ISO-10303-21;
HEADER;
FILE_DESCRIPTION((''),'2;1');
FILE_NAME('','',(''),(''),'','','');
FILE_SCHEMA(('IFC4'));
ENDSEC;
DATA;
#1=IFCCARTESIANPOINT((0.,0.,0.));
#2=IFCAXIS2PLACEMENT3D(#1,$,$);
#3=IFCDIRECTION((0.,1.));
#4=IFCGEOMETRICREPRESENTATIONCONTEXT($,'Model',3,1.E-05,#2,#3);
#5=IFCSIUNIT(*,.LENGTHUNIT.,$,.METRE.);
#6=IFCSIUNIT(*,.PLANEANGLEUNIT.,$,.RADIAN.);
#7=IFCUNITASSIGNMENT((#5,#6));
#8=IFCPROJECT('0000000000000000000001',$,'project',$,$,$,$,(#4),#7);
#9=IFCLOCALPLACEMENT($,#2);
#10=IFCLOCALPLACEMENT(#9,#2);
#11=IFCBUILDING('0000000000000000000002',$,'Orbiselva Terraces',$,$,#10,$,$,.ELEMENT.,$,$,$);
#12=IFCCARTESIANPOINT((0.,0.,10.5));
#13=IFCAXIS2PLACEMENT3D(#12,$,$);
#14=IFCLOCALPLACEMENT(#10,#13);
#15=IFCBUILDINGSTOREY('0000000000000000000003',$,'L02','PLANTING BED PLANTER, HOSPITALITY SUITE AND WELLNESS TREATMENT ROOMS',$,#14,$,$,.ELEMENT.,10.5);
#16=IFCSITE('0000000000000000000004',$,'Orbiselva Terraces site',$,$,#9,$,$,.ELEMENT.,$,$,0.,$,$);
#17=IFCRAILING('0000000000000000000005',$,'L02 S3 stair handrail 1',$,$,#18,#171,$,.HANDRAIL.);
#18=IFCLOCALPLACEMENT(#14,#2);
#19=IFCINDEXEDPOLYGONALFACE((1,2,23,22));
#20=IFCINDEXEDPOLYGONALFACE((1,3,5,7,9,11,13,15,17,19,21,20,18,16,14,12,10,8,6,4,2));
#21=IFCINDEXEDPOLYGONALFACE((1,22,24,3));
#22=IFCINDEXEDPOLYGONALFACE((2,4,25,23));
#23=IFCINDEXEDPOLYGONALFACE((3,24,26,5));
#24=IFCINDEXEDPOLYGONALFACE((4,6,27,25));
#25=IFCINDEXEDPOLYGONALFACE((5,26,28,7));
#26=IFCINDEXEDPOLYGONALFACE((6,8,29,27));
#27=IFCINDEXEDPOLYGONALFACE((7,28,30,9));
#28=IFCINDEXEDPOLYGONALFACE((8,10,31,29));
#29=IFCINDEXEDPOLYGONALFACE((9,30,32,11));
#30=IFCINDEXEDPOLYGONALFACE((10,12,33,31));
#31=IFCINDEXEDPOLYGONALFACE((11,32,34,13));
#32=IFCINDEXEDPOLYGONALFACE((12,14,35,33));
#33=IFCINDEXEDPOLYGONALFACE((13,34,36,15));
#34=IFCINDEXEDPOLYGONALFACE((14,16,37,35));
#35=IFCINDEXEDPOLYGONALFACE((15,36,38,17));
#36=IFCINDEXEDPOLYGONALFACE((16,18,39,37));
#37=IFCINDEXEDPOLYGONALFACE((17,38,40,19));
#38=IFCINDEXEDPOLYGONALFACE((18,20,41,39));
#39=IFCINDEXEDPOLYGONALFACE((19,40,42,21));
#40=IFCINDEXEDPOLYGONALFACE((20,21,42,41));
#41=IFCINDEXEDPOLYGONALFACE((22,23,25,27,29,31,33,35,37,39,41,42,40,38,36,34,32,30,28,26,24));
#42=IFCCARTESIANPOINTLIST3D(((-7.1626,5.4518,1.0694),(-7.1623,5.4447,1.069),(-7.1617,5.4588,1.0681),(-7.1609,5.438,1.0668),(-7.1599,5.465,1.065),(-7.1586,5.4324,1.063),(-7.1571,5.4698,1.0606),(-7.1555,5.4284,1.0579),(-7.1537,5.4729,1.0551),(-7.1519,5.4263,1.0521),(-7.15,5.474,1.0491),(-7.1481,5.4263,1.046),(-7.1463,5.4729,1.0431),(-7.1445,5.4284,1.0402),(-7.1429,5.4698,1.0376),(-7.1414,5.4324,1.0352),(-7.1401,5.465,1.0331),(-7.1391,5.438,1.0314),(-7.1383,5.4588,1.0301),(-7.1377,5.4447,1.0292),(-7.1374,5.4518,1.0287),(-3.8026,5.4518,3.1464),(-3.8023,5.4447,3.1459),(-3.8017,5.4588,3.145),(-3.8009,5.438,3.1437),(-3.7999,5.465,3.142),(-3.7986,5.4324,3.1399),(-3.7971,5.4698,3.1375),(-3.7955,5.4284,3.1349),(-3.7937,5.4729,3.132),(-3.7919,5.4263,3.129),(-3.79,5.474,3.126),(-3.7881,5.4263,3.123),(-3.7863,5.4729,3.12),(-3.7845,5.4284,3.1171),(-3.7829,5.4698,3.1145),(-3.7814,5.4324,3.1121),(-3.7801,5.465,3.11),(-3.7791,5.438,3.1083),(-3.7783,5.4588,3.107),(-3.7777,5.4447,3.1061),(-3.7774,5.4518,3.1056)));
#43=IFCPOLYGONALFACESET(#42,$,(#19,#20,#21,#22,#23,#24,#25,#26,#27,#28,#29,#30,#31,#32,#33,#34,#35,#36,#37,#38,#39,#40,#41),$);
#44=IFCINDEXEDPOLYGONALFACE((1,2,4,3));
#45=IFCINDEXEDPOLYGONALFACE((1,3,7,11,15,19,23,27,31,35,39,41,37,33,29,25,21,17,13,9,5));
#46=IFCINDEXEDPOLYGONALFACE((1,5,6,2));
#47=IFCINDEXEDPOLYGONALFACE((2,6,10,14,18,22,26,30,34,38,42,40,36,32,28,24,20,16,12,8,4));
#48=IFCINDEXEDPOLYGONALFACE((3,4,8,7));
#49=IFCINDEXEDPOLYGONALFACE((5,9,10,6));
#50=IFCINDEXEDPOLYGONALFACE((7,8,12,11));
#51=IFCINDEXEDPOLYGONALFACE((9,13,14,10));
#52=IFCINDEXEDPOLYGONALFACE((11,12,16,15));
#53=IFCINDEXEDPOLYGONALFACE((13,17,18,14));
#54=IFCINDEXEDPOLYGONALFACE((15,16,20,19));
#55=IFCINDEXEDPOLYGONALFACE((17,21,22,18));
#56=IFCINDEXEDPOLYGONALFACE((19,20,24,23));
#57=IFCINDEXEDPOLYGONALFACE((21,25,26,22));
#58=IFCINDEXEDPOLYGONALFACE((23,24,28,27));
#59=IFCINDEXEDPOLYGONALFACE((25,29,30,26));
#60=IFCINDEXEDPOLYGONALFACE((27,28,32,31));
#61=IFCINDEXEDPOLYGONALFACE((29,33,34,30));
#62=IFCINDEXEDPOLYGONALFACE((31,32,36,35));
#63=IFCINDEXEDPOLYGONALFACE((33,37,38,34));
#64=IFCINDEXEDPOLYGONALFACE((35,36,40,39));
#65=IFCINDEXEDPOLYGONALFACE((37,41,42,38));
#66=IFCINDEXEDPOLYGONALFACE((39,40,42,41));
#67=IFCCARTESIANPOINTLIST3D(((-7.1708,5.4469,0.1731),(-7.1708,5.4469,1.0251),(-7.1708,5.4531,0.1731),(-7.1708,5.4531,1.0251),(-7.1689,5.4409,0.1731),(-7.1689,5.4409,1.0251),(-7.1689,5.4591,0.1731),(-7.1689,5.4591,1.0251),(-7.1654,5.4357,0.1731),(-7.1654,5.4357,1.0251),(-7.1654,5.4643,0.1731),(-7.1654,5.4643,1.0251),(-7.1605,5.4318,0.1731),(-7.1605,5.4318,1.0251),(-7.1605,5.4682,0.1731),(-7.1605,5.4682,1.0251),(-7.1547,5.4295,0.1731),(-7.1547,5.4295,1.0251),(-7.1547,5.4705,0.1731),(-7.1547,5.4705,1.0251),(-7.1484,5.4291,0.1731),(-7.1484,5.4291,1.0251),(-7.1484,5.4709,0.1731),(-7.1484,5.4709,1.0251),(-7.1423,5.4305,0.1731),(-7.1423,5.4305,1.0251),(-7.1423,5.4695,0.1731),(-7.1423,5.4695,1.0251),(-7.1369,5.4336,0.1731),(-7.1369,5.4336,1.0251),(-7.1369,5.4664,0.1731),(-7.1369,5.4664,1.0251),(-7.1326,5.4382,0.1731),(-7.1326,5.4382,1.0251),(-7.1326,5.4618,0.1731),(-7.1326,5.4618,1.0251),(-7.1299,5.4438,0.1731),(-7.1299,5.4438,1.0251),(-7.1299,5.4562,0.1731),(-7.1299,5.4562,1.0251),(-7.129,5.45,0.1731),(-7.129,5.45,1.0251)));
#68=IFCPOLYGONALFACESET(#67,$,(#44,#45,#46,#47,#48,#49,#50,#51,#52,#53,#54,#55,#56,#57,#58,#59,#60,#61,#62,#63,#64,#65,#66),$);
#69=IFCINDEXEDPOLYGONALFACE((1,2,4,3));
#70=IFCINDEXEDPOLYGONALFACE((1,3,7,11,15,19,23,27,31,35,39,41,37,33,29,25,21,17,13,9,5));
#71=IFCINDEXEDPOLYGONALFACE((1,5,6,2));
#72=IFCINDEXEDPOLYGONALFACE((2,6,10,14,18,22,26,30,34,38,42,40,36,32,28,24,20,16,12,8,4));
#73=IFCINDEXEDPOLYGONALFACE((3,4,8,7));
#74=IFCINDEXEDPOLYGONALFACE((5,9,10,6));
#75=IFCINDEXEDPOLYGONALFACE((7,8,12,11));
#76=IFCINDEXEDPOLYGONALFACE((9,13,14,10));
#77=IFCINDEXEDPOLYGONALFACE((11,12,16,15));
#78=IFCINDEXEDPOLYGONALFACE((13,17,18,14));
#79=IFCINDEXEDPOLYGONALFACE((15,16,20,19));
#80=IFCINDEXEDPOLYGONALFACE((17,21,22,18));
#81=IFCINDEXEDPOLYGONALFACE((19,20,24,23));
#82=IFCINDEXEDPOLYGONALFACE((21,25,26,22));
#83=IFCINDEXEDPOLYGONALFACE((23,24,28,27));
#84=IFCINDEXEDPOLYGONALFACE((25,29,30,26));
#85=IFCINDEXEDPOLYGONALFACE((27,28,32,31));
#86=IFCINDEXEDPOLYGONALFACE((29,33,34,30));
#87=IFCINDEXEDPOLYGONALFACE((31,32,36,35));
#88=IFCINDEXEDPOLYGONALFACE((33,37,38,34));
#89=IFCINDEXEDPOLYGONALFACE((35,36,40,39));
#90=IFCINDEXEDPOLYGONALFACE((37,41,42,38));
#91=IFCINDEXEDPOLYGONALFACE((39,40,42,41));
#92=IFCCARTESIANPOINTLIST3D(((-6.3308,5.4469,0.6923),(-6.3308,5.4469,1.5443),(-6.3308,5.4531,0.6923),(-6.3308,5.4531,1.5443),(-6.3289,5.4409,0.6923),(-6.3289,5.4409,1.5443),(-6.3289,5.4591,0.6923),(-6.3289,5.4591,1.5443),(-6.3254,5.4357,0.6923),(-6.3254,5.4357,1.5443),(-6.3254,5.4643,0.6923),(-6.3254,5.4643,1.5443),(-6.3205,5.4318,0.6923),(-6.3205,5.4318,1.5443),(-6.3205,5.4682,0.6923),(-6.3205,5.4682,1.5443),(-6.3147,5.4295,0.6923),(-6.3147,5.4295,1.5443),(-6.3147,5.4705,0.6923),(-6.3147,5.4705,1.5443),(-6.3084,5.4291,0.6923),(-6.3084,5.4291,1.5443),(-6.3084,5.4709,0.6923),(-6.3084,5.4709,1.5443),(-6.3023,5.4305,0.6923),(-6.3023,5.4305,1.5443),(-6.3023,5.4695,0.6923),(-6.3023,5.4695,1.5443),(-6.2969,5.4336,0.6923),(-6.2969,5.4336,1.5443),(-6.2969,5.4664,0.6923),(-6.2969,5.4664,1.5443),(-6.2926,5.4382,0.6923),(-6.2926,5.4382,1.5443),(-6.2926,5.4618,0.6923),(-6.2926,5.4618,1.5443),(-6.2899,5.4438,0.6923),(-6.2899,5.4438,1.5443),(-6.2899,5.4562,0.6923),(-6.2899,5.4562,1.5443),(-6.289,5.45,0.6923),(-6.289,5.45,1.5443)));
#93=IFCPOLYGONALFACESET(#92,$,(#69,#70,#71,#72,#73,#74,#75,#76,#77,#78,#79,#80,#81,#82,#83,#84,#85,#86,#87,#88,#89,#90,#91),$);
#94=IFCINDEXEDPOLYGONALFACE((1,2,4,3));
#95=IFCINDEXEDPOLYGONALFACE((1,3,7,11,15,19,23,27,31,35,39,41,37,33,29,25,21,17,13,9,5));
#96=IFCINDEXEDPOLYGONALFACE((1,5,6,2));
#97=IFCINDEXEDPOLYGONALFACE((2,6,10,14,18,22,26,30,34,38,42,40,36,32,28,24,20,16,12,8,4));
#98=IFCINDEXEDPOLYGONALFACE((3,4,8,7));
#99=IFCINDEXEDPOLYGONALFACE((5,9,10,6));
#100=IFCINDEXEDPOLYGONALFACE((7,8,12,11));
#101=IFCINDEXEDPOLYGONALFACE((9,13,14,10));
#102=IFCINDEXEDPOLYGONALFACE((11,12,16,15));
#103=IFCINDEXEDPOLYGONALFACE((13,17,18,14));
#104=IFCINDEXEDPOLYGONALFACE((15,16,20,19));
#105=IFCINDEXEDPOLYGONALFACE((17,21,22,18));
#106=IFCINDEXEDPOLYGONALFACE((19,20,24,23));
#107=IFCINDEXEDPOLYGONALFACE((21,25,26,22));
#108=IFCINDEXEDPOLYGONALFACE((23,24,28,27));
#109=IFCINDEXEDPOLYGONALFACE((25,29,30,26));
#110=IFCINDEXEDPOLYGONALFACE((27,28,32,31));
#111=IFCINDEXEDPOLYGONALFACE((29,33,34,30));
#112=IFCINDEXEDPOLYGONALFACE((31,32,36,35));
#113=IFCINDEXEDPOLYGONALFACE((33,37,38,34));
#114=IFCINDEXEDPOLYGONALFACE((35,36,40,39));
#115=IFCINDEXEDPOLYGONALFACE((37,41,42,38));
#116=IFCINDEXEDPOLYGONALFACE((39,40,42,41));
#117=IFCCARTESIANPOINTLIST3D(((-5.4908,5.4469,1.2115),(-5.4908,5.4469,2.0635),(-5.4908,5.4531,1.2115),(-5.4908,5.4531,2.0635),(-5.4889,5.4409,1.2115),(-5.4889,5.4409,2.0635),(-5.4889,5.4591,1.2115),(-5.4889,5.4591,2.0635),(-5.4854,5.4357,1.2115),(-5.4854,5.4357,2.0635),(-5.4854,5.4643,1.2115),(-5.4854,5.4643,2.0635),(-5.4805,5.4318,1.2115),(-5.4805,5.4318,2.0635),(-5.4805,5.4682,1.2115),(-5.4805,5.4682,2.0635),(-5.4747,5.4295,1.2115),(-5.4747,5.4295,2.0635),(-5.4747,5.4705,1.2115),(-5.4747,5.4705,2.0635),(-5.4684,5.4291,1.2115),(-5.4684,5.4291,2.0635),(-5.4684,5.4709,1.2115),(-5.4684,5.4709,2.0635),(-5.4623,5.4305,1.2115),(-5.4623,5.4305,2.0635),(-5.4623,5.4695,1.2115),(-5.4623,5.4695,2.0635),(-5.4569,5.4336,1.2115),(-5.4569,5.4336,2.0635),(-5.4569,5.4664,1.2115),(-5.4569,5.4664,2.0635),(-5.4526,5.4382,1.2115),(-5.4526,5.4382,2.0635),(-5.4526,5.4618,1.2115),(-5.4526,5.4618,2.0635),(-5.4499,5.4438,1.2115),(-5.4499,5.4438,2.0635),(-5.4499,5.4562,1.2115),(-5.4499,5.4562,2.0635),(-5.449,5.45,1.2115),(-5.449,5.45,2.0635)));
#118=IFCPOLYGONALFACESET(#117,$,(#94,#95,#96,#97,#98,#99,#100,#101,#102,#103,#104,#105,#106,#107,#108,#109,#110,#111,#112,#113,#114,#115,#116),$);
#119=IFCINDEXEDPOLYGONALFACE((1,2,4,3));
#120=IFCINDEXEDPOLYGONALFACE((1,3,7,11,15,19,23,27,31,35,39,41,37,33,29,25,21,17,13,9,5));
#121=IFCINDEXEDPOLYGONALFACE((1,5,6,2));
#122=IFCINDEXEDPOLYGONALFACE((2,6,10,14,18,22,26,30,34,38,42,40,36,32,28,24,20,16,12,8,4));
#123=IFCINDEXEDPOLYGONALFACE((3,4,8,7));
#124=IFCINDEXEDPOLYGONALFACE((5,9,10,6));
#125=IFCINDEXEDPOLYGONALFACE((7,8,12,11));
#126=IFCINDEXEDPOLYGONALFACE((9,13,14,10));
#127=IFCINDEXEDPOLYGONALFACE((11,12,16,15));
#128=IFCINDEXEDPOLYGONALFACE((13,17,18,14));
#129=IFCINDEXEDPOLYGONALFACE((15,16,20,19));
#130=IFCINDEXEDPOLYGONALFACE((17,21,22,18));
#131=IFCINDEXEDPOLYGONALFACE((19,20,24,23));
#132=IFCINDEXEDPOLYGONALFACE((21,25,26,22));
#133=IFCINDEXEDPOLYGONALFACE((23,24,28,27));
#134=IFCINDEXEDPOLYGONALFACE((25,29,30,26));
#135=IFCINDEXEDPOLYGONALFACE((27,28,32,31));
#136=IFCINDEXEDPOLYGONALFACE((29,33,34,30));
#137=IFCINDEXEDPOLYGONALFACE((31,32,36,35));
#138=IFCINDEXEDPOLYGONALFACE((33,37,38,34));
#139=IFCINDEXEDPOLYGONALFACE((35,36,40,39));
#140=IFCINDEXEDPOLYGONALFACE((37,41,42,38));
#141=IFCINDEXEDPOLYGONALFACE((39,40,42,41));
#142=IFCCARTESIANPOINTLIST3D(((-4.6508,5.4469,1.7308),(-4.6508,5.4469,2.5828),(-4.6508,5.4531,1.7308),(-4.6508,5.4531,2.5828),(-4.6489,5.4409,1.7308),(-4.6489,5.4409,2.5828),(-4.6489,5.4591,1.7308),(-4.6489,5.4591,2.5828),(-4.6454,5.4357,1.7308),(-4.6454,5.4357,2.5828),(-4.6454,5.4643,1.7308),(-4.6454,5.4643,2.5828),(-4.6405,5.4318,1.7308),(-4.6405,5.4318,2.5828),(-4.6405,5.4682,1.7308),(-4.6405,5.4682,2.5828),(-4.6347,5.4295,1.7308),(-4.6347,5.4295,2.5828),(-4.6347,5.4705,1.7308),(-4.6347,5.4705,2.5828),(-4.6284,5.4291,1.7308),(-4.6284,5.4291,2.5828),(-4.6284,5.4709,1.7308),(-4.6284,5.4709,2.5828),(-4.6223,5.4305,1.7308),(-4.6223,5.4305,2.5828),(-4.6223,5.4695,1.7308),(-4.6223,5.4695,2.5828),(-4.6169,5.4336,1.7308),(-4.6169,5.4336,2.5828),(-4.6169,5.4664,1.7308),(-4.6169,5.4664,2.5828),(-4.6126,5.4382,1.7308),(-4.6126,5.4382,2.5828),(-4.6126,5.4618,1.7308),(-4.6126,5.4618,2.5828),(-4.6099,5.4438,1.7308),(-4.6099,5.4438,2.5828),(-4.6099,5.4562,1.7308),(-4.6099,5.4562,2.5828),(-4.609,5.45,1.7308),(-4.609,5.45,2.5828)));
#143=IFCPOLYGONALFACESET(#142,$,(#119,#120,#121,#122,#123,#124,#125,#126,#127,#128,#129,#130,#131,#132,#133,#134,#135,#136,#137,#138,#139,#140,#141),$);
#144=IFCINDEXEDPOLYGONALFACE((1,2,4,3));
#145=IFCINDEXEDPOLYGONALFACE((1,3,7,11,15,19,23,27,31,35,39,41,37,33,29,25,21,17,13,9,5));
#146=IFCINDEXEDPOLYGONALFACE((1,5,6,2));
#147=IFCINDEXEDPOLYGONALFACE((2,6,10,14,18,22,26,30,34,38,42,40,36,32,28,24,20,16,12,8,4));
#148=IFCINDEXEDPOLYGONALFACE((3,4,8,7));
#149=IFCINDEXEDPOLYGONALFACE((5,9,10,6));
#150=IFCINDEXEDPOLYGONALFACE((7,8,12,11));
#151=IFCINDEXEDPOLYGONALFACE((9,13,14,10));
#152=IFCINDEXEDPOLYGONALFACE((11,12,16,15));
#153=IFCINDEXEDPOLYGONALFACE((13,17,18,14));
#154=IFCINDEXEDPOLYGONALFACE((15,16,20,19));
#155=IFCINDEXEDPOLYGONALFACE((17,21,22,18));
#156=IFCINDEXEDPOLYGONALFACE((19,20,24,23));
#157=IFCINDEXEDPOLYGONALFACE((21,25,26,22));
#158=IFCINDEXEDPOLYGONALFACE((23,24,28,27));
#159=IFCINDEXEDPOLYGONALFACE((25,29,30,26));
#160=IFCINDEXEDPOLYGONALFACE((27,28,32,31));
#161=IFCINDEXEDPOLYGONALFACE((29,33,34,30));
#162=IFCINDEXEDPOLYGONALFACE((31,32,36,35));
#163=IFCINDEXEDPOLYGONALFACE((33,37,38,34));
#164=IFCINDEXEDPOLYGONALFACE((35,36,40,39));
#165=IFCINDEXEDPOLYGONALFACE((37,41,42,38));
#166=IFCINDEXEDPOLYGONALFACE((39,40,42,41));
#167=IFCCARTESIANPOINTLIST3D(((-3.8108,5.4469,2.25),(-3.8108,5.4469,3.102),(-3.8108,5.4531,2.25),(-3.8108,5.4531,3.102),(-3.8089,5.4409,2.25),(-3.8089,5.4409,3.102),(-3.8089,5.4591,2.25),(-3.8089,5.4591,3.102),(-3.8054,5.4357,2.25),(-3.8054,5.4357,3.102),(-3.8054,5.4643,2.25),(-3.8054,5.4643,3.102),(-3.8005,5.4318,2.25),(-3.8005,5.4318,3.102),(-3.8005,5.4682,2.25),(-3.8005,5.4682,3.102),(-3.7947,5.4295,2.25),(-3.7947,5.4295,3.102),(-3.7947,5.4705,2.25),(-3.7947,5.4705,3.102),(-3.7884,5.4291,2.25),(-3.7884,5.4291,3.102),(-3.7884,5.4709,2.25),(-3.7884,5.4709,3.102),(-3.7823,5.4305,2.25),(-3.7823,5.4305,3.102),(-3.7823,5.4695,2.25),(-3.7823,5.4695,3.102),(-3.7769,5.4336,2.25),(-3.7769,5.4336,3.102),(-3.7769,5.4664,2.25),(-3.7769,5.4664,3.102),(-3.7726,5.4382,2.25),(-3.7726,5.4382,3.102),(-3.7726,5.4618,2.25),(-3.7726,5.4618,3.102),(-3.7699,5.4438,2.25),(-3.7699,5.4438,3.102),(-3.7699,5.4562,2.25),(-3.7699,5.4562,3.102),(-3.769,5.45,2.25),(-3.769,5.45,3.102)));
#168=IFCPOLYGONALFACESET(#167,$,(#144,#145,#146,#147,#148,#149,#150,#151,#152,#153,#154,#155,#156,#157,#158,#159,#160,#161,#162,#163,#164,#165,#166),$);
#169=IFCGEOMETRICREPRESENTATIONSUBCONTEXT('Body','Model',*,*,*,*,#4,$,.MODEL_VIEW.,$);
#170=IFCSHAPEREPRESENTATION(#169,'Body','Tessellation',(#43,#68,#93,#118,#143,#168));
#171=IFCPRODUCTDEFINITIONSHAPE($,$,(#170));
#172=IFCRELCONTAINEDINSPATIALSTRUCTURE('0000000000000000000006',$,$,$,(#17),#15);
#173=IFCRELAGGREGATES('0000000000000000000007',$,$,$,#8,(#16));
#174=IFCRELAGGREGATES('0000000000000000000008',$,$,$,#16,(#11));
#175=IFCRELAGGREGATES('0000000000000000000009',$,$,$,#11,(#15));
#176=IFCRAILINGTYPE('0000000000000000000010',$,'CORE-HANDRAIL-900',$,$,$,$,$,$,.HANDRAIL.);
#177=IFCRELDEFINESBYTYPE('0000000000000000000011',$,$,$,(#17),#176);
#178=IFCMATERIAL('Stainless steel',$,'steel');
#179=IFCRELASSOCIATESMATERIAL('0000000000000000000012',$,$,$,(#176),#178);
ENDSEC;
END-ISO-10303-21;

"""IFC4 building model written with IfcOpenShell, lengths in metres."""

from ifc_helpers import new_model, si_unit, direction, frame, origin, origin_2d, place, context, subcontext, project, spatial, circle, extrude, material, type_object, element, save


model = new_model("IFC4")

# Units and contexts
model_context = context("Model", 3, precision=1e-05, world=origin(), true_north=direction((0.0, 1.0)))
body_context = subcontext(model_context, "Body", "Model", "MODEL_VIEW")
ifc_project = project(units=[si_unit("LENGTHUNIT", "METRE"), si_unit("PLANEANGLEUNIT", "RADIAN")], contexts=[model_context])

# Site, building, storey
site_placement = place(None, origin())
site = spatial("IfcSite", under=ifc_project, at=site_placement, Name="Orbiselva Terraces site", CompositionType="ELEMENT", RefElevation=0.0)
building_placement = place(site_placement, origin())
building = spatial("IfcBuilding", under=site, at=building_placement, Name="Orbiselva Terraces", CompositionType="ELEMENT")
storey_placement = place(building_placement, frame((0.0, 0.0, 10.5)))
storey = spatial("IfcBuildingStorey", under=building, at=storey_placement, Name="L02", Description="PLANTING BED PLANTER, HOSPITALITY SUITE AND WELLNESS TREATMENT ROOMS", CompositionType="ELEMENT", Elevation=10.5)

# Railing
ifc_material_1 = material(Name="Stainless steel", Category="steel")
railing_type_1 = type_object("IfcRailingType", Name="CORE-HANDRAIL-900", PredefinedType="HANDRAIL", material=ifc_material_1)
railing_1_placement = place(storey_placement, frame((-7.15, 5.45, 0.1731)))
element("IfcRailing", 1, at=railing_1_placement, inside=storey, type_object=railing_type_1, Name="L02 S3 stair handrail 1", PredefinedType="HANDRAIL", context=body_context, shape_type="SweptSolid", body=[
    extrude(circle(Radius=0.024, at=origin_2d()), frame((0.0, 0.0, 0.876), z_axis=(0.850614, 0.0, 0.525791), x_axis=(0.0, 1.0, 0.0)), (0.0, 0.0, 1.0), 3.9501),
    extrude(circle(Radius=0.021, at=origin_2d()), origin(), (0.0, 0.0, 1.0), 0.852),
    extrude(circle(Radius=0.021, at=origin_2d()), frame((0.84, 0.0, 0.5192)), (0.0, 0.0, 1.0), 0.852),
    extrude(circle(Radius=0.021, at=origin_2d()), frame((1.68, 0.0, 1.0385)), (0.0, 0.0, 1.0), 0.852),
    extrude(circle(Radius=0.021, at=origin_2d()), frame((2.52, 0.0, 1.5577)), (0.0, 0.0, 1.0), 0.852),
    extrude(circle(Radius=0.021, at=origin_2d()), frame((3.36, 0.0, 2.0769)), (0.0, 0.0, 1.0), 0.852),
])

save(model, "model.ifc")
